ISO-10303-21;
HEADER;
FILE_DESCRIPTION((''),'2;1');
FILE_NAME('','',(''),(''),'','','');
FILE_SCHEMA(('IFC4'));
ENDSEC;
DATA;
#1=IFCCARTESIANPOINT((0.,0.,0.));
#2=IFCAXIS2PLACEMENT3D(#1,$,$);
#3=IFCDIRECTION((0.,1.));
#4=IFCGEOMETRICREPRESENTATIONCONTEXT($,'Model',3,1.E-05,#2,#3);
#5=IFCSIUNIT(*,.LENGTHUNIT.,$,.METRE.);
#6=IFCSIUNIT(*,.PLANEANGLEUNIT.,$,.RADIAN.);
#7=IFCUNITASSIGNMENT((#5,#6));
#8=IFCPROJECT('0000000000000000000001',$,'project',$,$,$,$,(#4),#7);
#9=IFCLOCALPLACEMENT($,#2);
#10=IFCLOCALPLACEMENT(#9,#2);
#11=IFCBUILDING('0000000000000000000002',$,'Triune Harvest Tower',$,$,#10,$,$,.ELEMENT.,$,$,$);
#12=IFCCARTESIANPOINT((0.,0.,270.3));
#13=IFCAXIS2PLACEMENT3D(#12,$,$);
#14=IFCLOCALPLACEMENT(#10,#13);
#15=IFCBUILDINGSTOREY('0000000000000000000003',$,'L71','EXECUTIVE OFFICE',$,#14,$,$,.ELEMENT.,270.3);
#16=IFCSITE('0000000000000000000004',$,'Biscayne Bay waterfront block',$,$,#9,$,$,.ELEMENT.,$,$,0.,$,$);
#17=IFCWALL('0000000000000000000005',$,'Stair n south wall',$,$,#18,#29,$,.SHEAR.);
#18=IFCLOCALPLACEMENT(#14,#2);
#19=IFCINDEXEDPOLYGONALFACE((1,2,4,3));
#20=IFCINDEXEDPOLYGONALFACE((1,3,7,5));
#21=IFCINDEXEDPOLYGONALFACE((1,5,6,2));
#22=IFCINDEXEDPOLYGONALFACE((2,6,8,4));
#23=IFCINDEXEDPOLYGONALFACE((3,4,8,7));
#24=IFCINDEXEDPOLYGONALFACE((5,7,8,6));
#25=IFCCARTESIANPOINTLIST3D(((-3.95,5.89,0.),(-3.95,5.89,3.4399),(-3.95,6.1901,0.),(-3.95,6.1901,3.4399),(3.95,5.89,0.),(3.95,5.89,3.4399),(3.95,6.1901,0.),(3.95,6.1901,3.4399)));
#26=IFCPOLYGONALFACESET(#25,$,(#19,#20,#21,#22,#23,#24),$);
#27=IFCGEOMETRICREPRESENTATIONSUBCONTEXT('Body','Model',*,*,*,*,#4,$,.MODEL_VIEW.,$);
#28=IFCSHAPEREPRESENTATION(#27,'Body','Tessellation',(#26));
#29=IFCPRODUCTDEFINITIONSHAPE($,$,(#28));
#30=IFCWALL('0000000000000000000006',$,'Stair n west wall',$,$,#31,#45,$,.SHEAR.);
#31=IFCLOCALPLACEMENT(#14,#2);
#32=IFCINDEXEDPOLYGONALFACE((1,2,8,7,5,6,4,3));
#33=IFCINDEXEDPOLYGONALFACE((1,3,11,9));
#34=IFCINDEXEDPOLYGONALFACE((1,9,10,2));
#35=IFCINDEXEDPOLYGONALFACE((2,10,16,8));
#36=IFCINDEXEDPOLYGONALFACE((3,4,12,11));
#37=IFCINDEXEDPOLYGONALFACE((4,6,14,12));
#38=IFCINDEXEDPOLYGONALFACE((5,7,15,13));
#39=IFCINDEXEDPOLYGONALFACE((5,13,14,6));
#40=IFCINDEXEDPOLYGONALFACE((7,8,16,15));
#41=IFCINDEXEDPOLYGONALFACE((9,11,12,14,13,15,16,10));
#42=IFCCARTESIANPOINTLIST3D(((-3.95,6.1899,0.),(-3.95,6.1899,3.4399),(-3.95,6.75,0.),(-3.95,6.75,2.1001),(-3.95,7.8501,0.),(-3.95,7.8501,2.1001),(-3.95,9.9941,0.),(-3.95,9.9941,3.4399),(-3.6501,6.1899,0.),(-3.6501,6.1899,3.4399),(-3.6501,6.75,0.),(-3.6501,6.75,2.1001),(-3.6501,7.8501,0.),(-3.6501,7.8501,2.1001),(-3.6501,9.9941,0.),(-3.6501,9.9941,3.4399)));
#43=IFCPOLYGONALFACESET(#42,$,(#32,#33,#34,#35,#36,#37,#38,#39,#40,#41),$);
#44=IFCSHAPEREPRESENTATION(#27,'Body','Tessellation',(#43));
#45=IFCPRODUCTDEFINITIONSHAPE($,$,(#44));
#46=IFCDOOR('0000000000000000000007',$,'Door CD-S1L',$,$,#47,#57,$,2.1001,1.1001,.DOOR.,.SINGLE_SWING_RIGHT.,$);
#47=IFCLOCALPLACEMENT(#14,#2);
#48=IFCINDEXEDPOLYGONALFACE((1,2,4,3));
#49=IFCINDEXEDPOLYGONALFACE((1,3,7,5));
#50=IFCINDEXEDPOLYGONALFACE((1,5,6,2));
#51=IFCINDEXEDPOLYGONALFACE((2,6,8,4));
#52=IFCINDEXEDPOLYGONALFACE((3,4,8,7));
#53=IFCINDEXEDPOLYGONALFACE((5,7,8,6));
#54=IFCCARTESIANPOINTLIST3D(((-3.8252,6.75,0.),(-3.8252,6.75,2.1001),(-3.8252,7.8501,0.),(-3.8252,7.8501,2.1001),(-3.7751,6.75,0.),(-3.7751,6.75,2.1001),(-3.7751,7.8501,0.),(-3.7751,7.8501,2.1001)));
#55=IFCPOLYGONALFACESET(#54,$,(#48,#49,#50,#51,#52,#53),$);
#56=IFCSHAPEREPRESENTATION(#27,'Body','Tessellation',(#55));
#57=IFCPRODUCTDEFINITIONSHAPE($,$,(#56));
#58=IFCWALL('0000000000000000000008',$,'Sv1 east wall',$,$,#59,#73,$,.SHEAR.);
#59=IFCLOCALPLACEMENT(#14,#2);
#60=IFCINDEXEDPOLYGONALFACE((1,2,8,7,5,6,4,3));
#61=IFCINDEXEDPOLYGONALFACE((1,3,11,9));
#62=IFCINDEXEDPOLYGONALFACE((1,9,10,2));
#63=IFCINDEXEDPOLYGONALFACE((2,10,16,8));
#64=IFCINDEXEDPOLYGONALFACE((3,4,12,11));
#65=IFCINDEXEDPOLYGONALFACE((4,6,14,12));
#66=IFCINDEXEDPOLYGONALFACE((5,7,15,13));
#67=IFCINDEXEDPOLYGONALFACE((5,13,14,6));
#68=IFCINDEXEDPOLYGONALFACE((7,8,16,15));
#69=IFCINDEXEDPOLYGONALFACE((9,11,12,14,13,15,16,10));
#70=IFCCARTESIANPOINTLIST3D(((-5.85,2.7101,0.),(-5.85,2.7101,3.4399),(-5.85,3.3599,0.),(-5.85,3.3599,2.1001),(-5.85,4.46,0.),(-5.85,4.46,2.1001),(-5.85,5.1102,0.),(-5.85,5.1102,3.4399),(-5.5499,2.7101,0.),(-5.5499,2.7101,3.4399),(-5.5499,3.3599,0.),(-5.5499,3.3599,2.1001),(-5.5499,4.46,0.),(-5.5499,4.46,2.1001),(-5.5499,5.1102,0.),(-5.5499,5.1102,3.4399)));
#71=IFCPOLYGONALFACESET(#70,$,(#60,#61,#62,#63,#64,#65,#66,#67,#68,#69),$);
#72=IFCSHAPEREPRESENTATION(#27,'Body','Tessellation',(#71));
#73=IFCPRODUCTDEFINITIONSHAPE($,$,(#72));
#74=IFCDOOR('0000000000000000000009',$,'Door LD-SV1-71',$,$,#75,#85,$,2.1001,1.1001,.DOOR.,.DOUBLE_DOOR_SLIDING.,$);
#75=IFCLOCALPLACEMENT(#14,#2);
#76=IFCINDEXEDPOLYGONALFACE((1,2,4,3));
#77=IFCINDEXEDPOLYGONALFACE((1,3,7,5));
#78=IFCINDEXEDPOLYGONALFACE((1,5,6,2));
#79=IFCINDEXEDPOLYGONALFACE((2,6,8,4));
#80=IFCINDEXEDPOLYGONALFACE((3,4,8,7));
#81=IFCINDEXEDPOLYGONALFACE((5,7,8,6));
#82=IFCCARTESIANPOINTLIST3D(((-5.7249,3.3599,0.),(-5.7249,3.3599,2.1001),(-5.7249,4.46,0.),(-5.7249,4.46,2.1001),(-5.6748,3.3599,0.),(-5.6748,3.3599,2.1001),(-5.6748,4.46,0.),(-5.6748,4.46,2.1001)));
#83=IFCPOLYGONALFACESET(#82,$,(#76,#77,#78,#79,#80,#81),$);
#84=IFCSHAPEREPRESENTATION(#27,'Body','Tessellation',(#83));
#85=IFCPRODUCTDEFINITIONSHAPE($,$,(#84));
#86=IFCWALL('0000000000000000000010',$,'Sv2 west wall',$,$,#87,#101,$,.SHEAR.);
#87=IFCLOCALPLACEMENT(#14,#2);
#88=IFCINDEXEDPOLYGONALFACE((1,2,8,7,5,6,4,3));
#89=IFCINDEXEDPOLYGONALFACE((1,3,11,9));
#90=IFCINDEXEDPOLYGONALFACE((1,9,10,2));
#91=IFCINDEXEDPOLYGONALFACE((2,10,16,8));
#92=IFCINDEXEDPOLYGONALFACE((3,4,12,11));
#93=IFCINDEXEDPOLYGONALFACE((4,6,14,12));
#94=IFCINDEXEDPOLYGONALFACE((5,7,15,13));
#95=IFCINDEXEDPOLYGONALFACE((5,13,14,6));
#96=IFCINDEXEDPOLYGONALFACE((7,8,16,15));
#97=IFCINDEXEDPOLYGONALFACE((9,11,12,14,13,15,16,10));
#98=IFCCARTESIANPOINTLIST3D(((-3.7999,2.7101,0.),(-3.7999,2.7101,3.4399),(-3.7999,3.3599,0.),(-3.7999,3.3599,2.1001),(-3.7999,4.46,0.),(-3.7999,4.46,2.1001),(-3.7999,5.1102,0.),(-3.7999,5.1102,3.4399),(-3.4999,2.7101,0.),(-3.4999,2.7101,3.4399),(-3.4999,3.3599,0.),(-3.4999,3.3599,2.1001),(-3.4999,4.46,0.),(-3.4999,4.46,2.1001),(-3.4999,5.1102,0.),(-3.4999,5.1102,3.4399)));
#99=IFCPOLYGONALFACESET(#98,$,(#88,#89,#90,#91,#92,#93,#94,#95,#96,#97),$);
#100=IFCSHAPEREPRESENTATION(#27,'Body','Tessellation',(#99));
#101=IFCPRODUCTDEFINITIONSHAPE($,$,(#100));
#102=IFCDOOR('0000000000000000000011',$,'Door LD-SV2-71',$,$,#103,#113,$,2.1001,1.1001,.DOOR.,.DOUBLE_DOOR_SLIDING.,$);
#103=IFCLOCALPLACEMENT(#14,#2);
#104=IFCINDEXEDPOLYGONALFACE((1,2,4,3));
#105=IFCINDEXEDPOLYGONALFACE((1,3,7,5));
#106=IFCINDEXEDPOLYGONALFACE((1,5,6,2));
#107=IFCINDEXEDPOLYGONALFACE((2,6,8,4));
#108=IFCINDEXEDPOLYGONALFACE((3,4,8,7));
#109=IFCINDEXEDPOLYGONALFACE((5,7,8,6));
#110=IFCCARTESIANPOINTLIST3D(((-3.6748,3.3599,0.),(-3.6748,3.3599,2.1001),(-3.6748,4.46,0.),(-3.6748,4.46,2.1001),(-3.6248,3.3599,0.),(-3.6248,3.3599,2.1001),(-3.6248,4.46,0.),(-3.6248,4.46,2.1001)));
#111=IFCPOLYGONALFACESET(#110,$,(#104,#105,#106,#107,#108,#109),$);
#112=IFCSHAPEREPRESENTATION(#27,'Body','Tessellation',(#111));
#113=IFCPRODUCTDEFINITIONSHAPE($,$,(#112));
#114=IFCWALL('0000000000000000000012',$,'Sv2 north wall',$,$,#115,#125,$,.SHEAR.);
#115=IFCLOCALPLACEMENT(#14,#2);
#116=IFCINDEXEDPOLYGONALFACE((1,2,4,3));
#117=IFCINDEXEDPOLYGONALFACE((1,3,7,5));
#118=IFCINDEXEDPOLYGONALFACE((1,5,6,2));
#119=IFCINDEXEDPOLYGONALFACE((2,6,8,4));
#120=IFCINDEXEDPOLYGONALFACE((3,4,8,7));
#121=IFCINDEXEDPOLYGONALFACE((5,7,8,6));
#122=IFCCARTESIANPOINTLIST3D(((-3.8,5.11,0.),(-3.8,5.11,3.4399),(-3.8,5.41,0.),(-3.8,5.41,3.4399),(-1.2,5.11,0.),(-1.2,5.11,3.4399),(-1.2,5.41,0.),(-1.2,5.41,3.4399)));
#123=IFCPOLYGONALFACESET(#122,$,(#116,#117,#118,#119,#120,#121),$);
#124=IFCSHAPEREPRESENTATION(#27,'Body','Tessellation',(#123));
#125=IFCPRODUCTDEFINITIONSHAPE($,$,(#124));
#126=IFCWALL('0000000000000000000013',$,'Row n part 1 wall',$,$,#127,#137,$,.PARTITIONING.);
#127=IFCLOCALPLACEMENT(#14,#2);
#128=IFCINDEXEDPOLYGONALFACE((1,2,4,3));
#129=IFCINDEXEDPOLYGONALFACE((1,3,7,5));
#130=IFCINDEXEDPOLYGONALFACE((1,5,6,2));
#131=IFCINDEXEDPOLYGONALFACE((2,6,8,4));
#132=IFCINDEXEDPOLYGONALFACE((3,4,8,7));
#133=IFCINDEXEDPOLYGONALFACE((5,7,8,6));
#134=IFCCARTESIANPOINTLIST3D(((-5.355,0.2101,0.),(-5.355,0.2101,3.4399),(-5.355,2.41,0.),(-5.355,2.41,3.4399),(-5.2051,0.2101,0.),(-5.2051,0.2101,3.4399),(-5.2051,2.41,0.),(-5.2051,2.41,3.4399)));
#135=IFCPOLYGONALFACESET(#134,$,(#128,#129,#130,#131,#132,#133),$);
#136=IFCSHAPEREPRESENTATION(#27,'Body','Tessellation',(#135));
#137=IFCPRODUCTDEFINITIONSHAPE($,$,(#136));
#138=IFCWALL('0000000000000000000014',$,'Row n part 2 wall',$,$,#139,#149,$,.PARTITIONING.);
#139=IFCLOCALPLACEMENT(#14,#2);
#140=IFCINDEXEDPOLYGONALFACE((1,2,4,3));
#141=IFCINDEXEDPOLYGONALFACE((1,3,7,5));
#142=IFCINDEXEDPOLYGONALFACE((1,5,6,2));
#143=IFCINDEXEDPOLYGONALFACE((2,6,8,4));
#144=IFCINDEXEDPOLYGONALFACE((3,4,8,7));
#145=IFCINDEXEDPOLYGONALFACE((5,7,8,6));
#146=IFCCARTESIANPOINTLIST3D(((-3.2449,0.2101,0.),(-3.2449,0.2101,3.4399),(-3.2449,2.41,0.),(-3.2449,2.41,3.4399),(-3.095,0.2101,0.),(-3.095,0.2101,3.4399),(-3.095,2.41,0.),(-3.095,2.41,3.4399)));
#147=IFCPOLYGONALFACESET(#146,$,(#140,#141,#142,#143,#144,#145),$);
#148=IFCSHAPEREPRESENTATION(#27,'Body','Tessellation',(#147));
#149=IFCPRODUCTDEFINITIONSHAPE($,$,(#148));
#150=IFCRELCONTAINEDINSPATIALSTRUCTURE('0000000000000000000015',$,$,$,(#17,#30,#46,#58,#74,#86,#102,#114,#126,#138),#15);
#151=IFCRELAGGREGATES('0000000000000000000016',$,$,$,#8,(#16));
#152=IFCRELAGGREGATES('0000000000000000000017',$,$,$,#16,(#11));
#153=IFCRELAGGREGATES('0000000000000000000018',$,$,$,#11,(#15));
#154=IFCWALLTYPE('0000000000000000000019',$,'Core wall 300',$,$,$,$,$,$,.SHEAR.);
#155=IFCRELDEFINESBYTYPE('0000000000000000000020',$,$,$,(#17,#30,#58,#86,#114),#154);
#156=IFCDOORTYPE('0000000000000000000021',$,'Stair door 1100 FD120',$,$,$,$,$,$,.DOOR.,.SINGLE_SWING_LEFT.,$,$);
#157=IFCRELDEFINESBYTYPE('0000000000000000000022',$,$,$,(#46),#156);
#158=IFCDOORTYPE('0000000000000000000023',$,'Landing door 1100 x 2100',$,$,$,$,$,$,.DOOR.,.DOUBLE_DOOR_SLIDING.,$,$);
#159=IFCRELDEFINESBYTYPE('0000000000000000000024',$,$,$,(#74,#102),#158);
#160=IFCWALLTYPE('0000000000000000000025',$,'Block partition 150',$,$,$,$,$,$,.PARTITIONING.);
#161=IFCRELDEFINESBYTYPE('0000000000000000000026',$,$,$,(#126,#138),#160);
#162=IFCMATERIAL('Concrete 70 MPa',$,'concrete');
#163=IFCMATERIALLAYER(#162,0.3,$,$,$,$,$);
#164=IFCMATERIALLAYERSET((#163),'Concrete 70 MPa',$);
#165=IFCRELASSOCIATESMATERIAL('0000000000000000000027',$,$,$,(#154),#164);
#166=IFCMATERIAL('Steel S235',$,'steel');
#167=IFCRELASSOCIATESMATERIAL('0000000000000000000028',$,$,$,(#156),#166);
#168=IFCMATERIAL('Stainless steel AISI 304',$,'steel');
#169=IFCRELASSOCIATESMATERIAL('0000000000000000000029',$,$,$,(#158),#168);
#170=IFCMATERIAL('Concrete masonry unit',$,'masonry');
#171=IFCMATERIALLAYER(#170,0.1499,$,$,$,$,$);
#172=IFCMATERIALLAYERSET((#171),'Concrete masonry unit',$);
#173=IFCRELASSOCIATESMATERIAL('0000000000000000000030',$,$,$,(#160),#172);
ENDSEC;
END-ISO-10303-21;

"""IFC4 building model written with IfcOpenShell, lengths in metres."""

from ifc_helpers import new_model, si_unit, direction, frame, frame_2d, origin, place, context, subcontext, project, spatial, polyline, rectangle, outline, extrude, source, transform, mapped, material, layer, layer_set, type_object, element, fill, save


model = new_model("IFC4")

# Units and contexts
model_context = context("Model", 3, precision=1e-05, world=origin(), true_north=direction((0.0, 1.0)))
body_context = subcontext(model_context, "Body", "Model", "MODEL_VIEW")
ifc_project = project(units=[si_unit("LENGTHUNIT", "METRE"), si_unit("PLANEANGLEUNIT", "RADIAN")], contexts=[model_context])

# Site, building, storey
site_placement = place(None, origin())
site = spatial("IfcSite", under=ifc_project, at=site_placement, Name="Biscayne Bay waterfront block", CompositionType="ELEMENT", RefElevation=0.0)
building_placement = place(site_placement, origin())
building = spatial("IfcBuilding", under=site, at=building_placement, Name="Triune Harvest Tower", CompositionType="ELEMENT")
storey_placement = place(building_placement, frame((0.0, 0.0, 270.3)))
storey = spatial("IfcBuildingStorey", under=building, at=storey_placement, Name="L71", Description="EXECUTIVE OFFICE", CompositionType="ELEMENT", Elevation=270.3)

# Wall
ifc_material_1 = material(Name="Concrete 70 MPa", Category="concrete")
ifc_layer_1 = layer(ifc_material_1, 0.3)
ifc_layer_set_1 = layer_set([ifc_layer_1], Name="Concrete 70 MPa")
wall_type_1 = type_object("IfcWallType", Name="Core wall 300", PredefinedType="SHEAR", material=ifc_layer_set_1)
shared_shape_1 = source(origin(), body_context, "Body", "SweptSolid", [
    extrude(rectangle(XDim=7.8999, YDim=0.3, at=frame_2d((3.95, 0.0))), origin(), (0.0, 0.0, 1.0), 3.4399),
])
wall_1_placement = place(storey_placement, frame((-3.95, 6.04, 0.0), z_axis=(0.0, 0.0, 1.0), x_axis=(1.0, 0.0, 0.0)))
element("IfcWall", 1, at=wall_1_placement, inside=storey, type_object=wall_type_1, Name="Stair n south wall", PredefinedType="SHEAR", context=body_context, shape_type="MappedRepresentation", body=[
    mapped(shared_shape_1, transform((0.0, 0.0, 0.0), scale=1.0)),
])

# Walls, openings, doors
shared_shape_2 = source(origin(), body_context, "Body", "SweptSolid", [
    extrude(outline(polyline([(0.0, -0.1499), (0.0, 0.1499), (3.8042, 0.1499), (3.8042, -0.1499), (0.0, -0.1499)])), origin(), (0.0, 0.0, 1.0), 3.4399),
])
wall_2_placement = place(storey_placement, frame((-3.8, 6.1899, 0.0), z_axis=(0.0, 0.0, 1.0), x_axis=(0.0, 1.0, 0.0)))
wall_2 = element("IfcWall", 2, at=wall_2_placement, inside=storey, type_object=wall_type_1, Name="Stair n west wall", PredefinedType="SHEAR", context=body_context, shape_type="MappedRepresentation", body=[
    mapped(shared_shape_2, transform((0.0, 0.0, 0.0), scale=1.0)),
])
opening_1_placement = place(wall_2_placement, frame((0.5601, 0.0, 0.0)))
opening_1 = element("IfcOpeningElement", 3, at=opening_1_placement, cuts=wall_2, PredefinedType="OPENING", context=body_context, shape_type="SweptSolid", body=[
    extrude(rectangle(XDim=1.1001, YDim=2.1001, at=frame_2d((0.55, 1.05))), frame((0.0, 0.1602, 0.0), z_axis=(0.0, -1.0, 0.0), x_axis=(1.0, 0.0, 0.0)), (0.0, 0.0, 1.0), 0.3201),
])
ifc_material_2 = material(Name="Steel S235", Category="steel")
door_type_1 = type_object("IfcDoorType", Name="Stair door 1100 FD120", OperationType="SINGLE_SWING_LEFT", PredefinedType="DOOR", material=ifc_material_2)
door_1_placement = place(opening_1_placement, frame((1.1001, 0.0, 0.0), z_axis=(0.0, 0.0, 1.0), x_axis=(-1.0, 0.0, 0.0)))
door_1 = element("IfcDoor", 4, at=door_1_placement, inside=storey, type_object=door_type_1, Name="Door CD-S1L", OperationType="SINGLE_SWING_RIGHT", OverallHeight=2.1001, OverallWidth=1.1001, PredefinedType="DOOR", context=body_context, shape_type="SweptSolid", body=[
    extrude(rectangle(XDim=1.1001, YDim=2.1001, at=frame_2d((0.55, 1.05))), frame((0.0, 0.0249, 0.0), z_axis=(0.0, -1.0, 0.0), x_axis=(1.0, 0.0, 0.0)), (0.0, 0.0, 1.0), 0.05),
])
fill(opening_1, door_1)
shared_shape_3 = source(origin(), body_context, "Body", "SweptSolid", [
    extrude(rectangle(XDim=2.4001, YDim=0.3, at=frame_2d((1.2002, 0.0))), origin(), (0.0, 0.0, 1.0), 3.4399),
])
wall_3_placement = place(storey_placement, frame((-5.7, 2.71, 0.0), z_axis=(0.0, 0.0, 1.0), x_axis=(0.0, 1.0, 0.0)))
wall_3 = element("IfcWall", 5, at=wall_3_placement, inside=storey, type_object=wall_type_1, Name="Sv1 east wall", PredefinedType="SHEAR", context=body_context, shape_type="MappedRepresentation", body=[
    mapped(shared_shape_3, transform((0.0, 0.0, 0.0), scale=1.0)),
])
opening_2_placement = place(wall_3_placement, frame((0.6499, 0.0, 0.0)))
opening_2 = element("IfcOpeningElement", 6, at=opening_2_placement, cuts=wall_3, PredefinedType="OPENING", context=body_context, shape_type="SweptSolid", body=[
    extrude(rectangle(XDim=1.1001, YDim=2.1001, at=frame_2d((0.55, 1.05))), frame((0.0, 0.1602, 0.0), z_axis=(0.0, -1.0, 0.0), x_axis=(1.0, 0.0, 0.0)), (0.0, 0.0, 1.0), 0.3201),
])
ifc_material_3 = material(Name="Stainless steel AISI 304", Category="steel")
door_type_2 = type_object("IfcDoorType", Name="Landing door 1100 x 2100", OperationType="DOUBLE_DOOR_SLIDING", PredefinedType="DOOR", material=ifc_material_3)
door_2_placement = place(opening_2_placement, origin())
door_2 = element("IfcDoor", 7, at=door_2_placement, inside=storey, type_object=door_type_2, Name="Door LD-SV1-71", OperationType="DOUBLE_DOOR_SLIDING", OverallHeight=2.1001, OverallWidth=1.1001, PredefinedType="DOOR", context=body_context, shape_type="SweptSolid", body=[
    extrude(rectangle(XDim=1.1001, YDim=2.1001, at=frame_2d((0.55, 1.05))), frame((0.0, 0.0249, 0.0), z_axis=(0.0, -1.0, 0.0), x_axis=(1.0, 0.0, 0.0)), (0.0, 0.0, 1.0), 0.05),
])
fill(opening_2, door_2)
wall_4_placement = place(storey_placement, frame((-3.6499, 2.71, 0.0), z_axis=(0.0, 0.0, 1.0), x_axis=(0.0, 1.0, 0.0)))
wall_4 = element("IfcWall", 8, at=wall_4_placement, inside=storey, type_object=wall_type_1, Name="Sv2 west wall", PredefinedType="SHEAR", context=body_context, shape_type="MappedRepresentation", body=[
    mapped(shared_shape_3, transform((0.0, 0.0, 0.0), scale=1.0)),
])
opening_3_placement = place(wall_4_placement, frame((0.6499, 0.0, 0.0)))
opening_3 = element("IfcOpeningElement", 9, at=opening_3_placement, cuts=wall_4, PredefinedType="OPENING", context=body_context, shape_type="SweptSolid", body=[
    extrude(rectangle(XDim=1.1001, YDim=2.1001, at=frame_2d((0.55, 1.05))), frame((0.0, 0.1602, 0.0), z_axis=(0.0, -1.0, 0.0), x_axis=(1.0, 0.0, 0.0)), (0.0, 0.0, 1.0), 0.3201),
])
door_3_placement = place(opening_3_placement, origin())
door_3 = element("IfcDoor", 10, at=door_3_placement, inside=storey, type_object=door_type_2, Name="Door LD-SV2-71", OperationType="DOUBLE_DOOR_SLIDING", OverallHeight=2.1001, OverallWidth=1.1001, PredefinedType="DOOR", context=body_context, shape_type="SweptSolid", body=[
    extrude(rectangle(XDim=1.1001, YDim=2.1001, at=frame_2d((0.55, 1.05))), frame((0.0, 0.0249, 0.0), z_axis=(0.0, -1.0, 0.0), x_axis=(1.0, 0.0, 0.0)), (0.0, 0.0, 1.0), 0.05),
])
fill(opening_3, door_3)

# Walls
shared_shape_4 = source(origin(), body_context, "Body", "SweptSolid", [
    extrude(rectangle(XDim=2.6001, YDim=0.3, at=frame_2d((1.3, 0.0))), origin(), (0.0, 0.0, 1.0), 3.4399),
])
wall_5_placement = place(storey_placement, frame((-3.8, 5.26, 0.0), z_axis=(0.0, 0.0, 1.0), x_axis=(1.0, 0.0, 0.0)))
element("IfcWall", 11, at=wall_5_placement, inside=storey, type_object=wall_type_1, Name="Sv2 north wall", PredefinedType="SHEAR", context=body_context, shape_type="MappedRepresentation", body=[
    mapped(shared_shape_4, transform((0.0, 0.0, 0.0), scale=1.0)),
])
ifc_material_4 = material(Name="Concrete masonry unit", Category="masonry")
ifc_layer_2 = layer(ifc_material_4, 0.1499)
ifc_layer_set_2 = layer_set([ifc_layer_2], Name="Concrete masonry unit")
wall_type_2 = type_object("IfcWallType", Name="Block partition 150", PredefinedType="PARTITIONING", material=ifc_layer_set_2)
shared_shape_5 = source(origin(), body_context, "Body", "SweptSolid", [
    extrude(rectangle(XDim=2.2, YDim=0.1499, at=frame_2d((1.1001, 0.0))), origin(), (0.0, 0.0, 1.0), 3.4399),
])
for number, where, z_axis, x_axis, name in (
    (12, (-5.28, 0.21, 0.0), (0.0, 0.0, 1.0), (0.0, 1.0, 0.0), "Row n part 1 wall"),
    (13, (-3.1699, 0.21, 0.0), (0.0, 0.0, 1.0), (0.0, 1.0, 0.0), "Row n part 2 wall"),
):
    element("IfcWall", number, at=place(storey_placement, frame(where, z_axis=z_axis, x_axis=x_axis)), inside=storey, type_object=wall_type_2, Name=name, PredefinedType="PARTITIONING", context=body_context, shape_type="MappedRepresentation", body=[
        mapped(shared_shape_5, transform((0.0, 0.0, 0.0), scale=1.0)),
    ])

save(model, "model.ifc")
